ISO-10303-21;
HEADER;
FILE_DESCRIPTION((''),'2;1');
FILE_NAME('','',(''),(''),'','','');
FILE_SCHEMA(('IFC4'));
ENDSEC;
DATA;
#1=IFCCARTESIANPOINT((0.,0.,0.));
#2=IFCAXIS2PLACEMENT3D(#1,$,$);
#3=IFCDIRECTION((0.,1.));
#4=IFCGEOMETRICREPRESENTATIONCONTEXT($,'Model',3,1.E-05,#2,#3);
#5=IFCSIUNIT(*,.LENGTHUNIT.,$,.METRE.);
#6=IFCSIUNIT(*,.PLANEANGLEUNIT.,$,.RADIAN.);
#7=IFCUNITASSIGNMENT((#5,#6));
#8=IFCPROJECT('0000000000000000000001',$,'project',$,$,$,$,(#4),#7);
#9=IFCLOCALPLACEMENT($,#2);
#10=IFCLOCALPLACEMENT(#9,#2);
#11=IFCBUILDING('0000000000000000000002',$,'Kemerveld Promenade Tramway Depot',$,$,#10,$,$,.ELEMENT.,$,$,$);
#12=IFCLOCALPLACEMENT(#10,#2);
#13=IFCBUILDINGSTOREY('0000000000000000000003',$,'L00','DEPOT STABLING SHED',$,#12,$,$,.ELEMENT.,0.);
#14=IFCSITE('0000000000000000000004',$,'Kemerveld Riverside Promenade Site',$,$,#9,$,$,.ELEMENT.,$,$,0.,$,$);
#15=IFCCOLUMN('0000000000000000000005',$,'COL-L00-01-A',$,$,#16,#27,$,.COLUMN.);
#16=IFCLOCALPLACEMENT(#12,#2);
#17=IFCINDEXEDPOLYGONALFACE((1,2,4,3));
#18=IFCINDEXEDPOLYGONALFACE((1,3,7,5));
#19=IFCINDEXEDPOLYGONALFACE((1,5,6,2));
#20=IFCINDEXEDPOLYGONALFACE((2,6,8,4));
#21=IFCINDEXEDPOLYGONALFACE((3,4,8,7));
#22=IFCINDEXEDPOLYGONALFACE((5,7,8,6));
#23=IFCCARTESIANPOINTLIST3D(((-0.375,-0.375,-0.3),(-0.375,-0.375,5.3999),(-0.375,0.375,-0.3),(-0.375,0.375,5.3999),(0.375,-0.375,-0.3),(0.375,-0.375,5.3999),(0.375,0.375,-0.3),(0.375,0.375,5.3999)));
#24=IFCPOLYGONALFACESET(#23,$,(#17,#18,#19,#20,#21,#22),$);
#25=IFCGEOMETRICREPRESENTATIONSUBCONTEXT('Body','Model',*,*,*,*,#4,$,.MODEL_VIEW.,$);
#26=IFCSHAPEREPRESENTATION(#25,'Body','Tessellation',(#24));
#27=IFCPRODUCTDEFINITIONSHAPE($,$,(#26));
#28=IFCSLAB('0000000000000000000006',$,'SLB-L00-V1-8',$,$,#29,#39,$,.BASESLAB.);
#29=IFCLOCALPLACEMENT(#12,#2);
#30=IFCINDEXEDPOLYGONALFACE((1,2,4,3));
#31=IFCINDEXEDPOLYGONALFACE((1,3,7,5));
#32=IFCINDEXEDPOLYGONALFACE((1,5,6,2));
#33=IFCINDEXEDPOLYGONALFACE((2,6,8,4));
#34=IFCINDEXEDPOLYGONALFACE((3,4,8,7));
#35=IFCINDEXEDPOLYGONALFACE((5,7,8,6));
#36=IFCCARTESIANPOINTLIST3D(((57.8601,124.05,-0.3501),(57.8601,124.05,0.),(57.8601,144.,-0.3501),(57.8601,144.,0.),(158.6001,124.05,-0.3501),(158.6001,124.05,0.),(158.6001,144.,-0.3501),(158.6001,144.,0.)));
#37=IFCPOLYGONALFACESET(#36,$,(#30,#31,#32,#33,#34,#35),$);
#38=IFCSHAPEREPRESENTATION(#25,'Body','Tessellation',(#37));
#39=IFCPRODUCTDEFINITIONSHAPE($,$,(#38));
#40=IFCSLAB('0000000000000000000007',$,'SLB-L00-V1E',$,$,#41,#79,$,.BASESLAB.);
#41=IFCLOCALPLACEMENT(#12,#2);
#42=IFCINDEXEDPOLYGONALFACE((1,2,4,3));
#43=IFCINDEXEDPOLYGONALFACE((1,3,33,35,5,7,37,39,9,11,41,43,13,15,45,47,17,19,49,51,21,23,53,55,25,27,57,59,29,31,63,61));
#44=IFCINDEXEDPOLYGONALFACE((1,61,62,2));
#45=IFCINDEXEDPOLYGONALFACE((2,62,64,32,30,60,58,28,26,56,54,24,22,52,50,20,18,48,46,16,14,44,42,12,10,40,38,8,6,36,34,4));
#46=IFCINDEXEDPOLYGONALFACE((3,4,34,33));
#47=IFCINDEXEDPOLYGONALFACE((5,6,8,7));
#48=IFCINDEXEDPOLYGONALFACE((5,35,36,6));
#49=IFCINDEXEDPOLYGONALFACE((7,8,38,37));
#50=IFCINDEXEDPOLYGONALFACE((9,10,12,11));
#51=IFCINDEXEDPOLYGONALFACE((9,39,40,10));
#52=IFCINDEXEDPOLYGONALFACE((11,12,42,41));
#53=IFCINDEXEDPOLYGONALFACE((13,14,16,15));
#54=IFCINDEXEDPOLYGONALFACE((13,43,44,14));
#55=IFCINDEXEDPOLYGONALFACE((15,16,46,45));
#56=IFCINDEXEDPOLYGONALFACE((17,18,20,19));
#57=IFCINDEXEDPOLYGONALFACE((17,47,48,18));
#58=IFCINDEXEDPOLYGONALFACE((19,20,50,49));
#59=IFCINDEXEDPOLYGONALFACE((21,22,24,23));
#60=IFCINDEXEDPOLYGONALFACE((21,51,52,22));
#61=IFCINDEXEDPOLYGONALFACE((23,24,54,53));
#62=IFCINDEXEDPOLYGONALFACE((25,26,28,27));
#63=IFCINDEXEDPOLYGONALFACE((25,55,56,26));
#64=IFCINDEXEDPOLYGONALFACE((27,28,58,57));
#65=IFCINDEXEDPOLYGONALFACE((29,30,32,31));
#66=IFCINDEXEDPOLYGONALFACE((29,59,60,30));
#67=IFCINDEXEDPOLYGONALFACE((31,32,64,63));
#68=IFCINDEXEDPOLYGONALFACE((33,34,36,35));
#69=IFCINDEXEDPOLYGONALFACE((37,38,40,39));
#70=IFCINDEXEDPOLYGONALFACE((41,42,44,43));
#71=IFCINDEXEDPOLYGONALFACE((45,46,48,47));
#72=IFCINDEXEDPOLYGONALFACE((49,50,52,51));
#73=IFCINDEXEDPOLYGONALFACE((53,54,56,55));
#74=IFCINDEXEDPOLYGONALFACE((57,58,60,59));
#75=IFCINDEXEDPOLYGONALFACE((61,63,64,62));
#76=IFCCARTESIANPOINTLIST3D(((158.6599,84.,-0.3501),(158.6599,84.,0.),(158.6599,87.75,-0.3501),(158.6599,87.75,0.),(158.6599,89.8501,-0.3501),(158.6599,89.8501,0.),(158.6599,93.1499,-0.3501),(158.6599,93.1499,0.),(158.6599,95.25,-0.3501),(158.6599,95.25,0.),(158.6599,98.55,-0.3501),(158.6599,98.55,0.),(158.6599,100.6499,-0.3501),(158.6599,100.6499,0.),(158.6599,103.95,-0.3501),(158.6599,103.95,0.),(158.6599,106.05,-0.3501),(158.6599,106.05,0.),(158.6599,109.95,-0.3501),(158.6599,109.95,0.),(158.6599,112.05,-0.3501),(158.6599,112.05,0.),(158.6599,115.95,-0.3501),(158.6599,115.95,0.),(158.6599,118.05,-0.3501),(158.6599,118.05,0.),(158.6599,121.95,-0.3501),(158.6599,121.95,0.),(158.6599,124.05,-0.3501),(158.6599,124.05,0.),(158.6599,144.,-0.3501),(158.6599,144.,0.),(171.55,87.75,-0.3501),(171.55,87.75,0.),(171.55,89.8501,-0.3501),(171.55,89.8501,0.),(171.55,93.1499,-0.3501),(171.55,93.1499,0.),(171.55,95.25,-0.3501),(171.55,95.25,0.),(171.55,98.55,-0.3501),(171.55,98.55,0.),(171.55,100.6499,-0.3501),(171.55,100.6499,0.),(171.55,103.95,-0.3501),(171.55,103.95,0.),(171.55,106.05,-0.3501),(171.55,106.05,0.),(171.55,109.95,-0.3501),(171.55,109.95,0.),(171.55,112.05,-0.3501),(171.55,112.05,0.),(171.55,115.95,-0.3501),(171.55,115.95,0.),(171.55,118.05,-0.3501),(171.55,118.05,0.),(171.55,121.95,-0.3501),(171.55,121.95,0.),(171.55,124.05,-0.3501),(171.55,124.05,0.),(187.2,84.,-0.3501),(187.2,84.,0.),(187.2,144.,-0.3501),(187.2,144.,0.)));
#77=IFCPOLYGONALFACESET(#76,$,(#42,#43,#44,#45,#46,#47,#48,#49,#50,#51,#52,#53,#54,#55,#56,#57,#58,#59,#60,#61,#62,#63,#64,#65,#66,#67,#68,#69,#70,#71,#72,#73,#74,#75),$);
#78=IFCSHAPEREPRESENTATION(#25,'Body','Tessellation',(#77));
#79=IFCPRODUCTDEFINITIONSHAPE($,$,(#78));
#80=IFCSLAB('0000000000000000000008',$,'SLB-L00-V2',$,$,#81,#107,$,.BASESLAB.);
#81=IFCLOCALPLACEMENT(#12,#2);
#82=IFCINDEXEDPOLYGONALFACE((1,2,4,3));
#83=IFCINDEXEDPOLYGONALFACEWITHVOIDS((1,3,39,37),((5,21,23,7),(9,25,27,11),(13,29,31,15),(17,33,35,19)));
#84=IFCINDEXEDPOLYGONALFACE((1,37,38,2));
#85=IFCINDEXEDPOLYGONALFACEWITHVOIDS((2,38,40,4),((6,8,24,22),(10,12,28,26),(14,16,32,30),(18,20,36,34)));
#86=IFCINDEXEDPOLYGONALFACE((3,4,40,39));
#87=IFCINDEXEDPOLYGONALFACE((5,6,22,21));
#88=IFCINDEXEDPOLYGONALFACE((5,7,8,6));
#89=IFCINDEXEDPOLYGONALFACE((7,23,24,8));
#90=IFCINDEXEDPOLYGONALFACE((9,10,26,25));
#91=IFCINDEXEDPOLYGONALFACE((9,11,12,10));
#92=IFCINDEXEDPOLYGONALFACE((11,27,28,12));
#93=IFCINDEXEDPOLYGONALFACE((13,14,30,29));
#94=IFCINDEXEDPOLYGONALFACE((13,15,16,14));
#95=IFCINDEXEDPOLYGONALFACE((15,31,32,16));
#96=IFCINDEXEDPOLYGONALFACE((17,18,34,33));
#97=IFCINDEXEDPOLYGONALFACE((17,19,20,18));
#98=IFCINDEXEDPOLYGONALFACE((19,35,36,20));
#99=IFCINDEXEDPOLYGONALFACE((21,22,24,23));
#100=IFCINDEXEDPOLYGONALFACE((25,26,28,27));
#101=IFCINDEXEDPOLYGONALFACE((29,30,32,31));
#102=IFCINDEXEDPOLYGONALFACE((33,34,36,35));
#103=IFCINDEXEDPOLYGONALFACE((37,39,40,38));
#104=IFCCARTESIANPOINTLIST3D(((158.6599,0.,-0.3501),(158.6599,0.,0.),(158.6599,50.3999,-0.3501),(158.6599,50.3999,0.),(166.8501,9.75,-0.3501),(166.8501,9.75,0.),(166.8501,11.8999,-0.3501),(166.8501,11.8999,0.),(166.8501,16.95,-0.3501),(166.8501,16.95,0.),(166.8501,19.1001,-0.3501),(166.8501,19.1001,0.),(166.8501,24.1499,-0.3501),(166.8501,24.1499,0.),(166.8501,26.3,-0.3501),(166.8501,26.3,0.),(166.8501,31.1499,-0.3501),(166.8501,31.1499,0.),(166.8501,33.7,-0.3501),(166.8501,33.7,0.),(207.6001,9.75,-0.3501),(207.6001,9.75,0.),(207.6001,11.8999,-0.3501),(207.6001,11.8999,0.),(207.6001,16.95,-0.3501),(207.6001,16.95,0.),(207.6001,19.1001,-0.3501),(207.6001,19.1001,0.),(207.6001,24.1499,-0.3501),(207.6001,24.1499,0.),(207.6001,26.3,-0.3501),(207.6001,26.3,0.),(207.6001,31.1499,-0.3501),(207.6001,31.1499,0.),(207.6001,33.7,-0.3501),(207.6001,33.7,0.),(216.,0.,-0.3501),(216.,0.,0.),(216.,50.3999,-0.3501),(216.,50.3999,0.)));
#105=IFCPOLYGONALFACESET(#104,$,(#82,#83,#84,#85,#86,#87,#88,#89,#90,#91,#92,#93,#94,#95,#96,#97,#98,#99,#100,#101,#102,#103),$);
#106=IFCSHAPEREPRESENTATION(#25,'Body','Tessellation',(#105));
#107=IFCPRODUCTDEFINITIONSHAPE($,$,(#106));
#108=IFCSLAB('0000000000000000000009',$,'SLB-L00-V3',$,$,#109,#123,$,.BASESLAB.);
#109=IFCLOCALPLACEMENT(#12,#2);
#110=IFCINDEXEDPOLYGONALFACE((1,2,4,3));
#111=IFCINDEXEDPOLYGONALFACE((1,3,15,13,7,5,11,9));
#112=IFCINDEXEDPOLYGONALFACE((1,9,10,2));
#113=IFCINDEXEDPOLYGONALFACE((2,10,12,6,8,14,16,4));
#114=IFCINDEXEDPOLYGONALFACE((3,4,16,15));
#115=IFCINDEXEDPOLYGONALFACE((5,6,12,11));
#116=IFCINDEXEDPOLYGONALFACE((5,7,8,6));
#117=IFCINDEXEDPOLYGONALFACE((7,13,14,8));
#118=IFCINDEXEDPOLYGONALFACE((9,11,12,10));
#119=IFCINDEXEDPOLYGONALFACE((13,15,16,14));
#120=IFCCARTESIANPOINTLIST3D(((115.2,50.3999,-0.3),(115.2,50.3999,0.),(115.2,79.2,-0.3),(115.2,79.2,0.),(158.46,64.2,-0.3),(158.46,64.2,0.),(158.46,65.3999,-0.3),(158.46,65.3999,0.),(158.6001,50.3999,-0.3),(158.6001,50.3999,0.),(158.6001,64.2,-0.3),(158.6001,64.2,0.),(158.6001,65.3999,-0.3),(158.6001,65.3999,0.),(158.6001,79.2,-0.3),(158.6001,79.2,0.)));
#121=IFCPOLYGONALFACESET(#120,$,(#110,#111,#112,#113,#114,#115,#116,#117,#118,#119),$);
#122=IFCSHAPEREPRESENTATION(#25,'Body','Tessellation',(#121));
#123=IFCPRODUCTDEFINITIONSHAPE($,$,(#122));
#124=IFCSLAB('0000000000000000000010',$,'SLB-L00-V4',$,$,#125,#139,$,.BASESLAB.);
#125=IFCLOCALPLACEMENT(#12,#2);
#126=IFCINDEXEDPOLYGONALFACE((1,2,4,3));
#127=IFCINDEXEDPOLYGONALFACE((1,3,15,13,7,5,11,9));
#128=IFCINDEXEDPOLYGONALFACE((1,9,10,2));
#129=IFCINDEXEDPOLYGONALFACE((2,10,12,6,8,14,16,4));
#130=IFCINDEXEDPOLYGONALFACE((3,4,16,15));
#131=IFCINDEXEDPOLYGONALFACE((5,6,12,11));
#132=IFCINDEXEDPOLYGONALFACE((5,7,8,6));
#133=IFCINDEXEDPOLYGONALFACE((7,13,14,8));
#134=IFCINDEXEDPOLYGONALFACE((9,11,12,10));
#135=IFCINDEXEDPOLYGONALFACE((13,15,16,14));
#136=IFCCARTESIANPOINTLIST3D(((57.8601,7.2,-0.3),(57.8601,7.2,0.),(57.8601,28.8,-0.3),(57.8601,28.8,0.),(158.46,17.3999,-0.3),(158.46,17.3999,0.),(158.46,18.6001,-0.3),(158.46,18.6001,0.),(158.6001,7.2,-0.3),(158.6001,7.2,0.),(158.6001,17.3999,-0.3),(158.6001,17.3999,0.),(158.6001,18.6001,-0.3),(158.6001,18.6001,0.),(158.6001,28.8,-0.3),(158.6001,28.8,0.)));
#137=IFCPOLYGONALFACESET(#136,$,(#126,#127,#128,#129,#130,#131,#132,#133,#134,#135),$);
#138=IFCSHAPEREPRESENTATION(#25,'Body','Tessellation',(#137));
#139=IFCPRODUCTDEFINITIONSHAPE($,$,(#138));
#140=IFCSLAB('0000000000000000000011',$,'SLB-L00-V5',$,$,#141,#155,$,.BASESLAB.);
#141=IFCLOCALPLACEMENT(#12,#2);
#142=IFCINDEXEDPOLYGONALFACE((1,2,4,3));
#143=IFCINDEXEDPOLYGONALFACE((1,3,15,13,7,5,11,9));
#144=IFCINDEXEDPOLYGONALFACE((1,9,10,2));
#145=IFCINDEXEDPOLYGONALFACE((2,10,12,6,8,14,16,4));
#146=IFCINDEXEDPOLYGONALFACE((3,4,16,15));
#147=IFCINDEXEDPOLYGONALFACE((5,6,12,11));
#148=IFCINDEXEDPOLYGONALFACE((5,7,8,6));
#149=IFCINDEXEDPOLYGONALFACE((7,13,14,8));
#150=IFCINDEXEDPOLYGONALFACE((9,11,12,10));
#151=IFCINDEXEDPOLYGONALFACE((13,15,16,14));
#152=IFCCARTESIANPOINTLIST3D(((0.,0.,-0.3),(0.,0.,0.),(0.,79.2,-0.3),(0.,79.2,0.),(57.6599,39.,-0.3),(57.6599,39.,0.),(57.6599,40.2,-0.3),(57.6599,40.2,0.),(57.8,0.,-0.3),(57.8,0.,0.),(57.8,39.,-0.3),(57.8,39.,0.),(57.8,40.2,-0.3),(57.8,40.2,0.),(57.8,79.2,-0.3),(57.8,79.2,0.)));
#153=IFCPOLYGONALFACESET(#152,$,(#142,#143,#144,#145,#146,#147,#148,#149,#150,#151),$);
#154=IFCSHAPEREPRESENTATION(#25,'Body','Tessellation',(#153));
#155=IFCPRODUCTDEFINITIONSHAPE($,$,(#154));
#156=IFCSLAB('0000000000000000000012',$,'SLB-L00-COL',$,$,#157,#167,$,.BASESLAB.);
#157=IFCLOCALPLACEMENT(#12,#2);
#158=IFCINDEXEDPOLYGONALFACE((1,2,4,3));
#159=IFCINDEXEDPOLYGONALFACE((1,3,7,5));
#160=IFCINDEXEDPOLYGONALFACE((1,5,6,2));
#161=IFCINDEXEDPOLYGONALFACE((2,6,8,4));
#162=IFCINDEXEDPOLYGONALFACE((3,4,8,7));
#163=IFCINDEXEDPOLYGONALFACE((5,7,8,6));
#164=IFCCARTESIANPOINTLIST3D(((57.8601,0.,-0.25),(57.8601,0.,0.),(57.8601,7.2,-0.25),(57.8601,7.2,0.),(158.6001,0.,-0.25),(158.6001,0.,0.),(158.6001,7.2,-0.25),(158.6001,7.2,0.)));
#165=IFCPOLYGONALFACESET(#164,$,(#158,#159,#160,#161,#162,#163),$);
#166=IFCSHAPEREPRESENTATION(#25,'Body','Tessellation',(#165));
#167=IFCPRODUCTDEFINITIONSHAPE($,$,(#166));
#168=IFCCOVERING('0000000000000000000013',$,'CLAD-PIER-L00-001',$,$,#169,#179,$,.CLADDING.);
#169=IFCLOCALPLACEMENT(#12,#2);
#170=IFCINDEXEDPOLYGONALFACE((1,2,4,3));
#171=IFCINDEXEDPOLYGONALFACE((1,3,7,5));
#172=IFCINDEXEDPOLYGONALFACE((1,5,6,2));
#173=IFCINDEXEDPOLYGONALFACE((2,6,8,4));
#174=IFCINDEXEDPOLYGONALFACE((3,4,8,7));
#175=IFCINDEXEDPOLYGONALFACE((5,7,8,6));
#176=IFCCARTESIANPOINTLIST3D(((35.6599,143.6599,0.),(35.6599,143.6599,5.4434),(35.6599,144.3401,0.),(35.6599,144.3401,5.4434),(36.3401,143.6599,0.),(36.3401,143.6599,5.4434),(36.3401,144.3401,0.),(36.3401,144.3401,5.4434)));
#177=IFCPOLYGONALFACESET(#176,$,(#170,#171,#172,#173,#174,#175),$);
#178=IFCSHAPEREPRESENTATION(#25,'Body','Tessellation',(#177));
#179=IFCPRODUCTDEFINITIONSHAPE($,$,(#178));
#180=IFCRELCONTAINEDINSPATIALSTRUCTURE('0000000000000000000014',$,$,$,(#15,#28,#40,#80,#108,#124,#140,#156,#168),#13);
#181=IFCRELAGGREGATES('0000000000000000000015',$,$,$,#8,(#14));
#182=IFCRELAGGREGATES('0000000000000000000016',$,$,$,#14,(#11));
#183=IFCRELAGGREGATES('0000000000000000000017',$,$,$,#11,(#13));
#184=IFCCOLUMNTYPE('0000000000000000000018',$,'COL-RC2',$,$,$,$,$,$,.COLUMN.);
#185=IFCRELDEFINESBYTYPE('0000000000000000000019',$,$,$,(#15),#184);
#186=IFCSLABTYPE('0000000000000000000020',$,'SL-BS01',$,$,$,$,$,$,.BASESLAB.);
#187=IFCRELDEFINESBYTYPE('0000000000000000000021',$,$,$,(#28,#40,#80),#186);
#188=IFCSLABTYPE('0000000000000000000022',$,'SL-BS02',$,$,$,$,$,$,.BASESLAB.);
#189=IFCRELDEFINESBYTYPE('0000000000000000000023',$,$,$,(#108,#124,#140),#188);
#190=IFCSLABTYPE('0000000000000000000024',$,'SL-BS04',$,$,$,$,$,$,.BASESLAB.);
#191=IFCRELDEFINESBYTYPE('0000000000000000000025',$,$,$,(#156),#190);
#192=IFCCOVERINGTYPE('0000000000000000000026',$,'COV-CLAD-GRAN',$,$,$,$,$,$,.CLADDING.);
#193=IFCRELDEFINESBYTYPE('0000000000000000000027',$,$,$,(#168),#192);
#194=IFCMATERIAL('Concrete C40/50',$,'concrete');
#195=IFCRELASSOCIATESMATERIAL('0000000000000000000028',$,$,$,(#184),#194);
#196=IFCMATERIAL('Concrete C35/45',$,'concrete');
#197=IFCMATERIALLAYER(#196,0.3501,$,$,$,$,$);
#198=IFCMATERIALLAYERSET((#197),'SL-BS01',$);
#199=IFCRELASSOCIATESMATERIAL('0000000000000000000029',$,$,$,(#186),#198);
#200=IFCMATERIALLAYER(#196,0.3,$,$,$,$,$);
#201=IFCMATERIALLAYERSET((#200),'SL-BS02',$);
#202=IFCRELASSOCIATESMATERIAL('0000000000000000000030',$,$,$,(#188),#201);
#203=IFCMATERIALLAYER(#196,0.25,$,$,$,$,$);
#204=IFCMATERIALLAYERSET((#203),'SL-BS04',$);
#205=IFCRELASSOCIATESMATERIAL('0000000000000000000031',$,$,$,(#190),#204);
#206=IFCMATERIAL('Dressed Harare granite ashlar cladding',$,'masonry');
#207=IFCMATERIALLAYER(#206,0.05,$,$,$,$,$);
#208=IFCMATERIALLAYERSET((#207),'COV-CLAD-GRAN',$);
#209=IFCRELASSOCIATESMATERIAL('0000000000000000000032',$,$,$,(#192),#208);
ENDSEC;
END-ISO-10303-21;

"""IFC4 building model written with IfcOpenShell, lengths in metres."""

from ifc_helpers import new_model, si_unit, direction, frame, origin, origin_2d, place, context, subcontext, project, spatial, polyline, rectangle, outline, extrude, material, layer, layer_set, material_profile, profile_set, type_object, element, save


model = new_model("IFC4")

# Units and contexts
model_context = context("Model", 3, precision=1e-05, world=origin(), true_north=direction((0.0, 1.0)))
body_context = subcontext(model_context, "Body", "Model", "MODEL_VIEW")
ifc_project = project(units=[si_unit("LENGTHUNIT", "METRE"), si_unit("PLANEANGLEUNIT", "RADIAN")], contexts=[model_context])

# Site, building, storey
site_placement = place(None, origin())
site = spatial("IfcSite", under=ifc_project, at=site_placement, Name="Kemerveld Riverside Promenade Site", CompositionType="ELEMENT", RefElevation=0.0)
building_placement = place(site_placement, origin())
building = spatial("IfcBuilding", under=site, at=building_placement, Name="Kemerveld Promenade Tramway Depot", CompositionType="ELEMENT")
storey_placement = place(building_placement, origin())
storey = spatial("IfcBuildingStorey", under=building, at=storey_placement, Name="L00", Description="DEPOT STABLING SHED", CompositionType="ELEMENT", Elevation=0.0)

# Column
ifc_material_1 = material(Name="Concrete C40/50", Category="concrete")
ifc_material_profile = material_profile(ifc_material_1, rectangle(XDim=0.75, YDim=0.75, at=origin_2d()), Name="RC-COL-750x750")
ifc_profile_set = profile_set([ifc_material_profile], Name="Concrete C40/50")
column_type = type_object("IfcColumnType", Name="COL-RC2", PredefinedType="COLUMN", material=ifc_profile_set)
column_placement = place(storey_placement, frame((0.0, 0.0, -0.3), z_axis=(0.0, 0.0, 1.0), x_axis=(1.0, 0.0, 0.0)))
element("IfcColumn", 1, at=column_placement, inside=storey, type_object=column_type, Name="COL-L00-01-A", PredefinedType="COLUMN", context=body_context, shape_type="SweptSolid", body=[
    extrude(rectangle(XDim=0.75, YDim=0.75, at=origin_2d()), origin(), (0.0, 0.0, 1.0), 5.7),
])

# Slabs
ifc_material_2 = material(Name="Concrete C35/45", Category="concrete")
ifc_layer_1 = layer(ifc_material_2, 0.3501)
ifc_layer_set_1 = layer_set([ifc_layer_1], Name="SL-BS01")
slab_type_1 = type_object("IfcSlabType", Name="SL-BS01", PredefinedType="BASESLAB", material=ifc_layer_set_1)
slab_1_placement = place(storey_placement, frame((0.0, 0.0, -0.3501)))
element("IfcSlab", 2, at=slab_1_placement, inside=storey, type_object=slab_type_1, Name="SLB-L00-V1-8", PredefinedType="BASESLAB", context=body_context, shape_type="SweptSolid", body=[
    extrude(outline(polyline([(158.6001, 144.0), (158.6001, 124.05), (57.8601, 124.05), (57.8601, 144.0), (158.6001, 144.0)])), origin(), (0.0, 0.0, 1.0), 0.3501),
])
slab_2_placement = place(storey_placement, frame((0.0, 0.0, -0.3501)))
element("IfcSlab", 3, at=slab_2_placement, inside=storey, type_object=slab_type_1, Name="SLB-L00-V1E", PredefinedType="BASESLAB", context=body_context, shape_type="SweptSolid", body=[
    extrude(outline(polyline([(187.2, 144.0), (187.2, 84.0), (158.6599, 84.0), (158.6599, 87.75), (171.55, 87.75), (171.55, 89.8501), (158.6599, 89.8501), (158.6599, 93.1499), (171.55, 93.1499), (171.55, 95.25), (158.6599, 95.25), (158.6599, 98.55), (171.55, 98.55), (171.55, 100.6499), (158.6599, 100.6499), (158.6599, 103.95), (171.55, 103.95), (171.55, 106.05), (158.6599, 106.05), (158.6599, 109.95), (171.55, 109.95), (171.55, 112.05), (158.6599, 112.05), (158.6599, 115.95), (171.55, 115.95), (171.55, 118.05), (158.6599, 118.05), (158.6599, 121.95), (171.55, 121.95), (171.55, 124.05), (158.6599, 124.05), (158.6599, 144.0), (187.2, 144.0)])), origin(), (0.0, 0.0, 1.0), 0.3501),
])
slab_3_placement = place(storey_placement, frame((0.0, 0.0, -0.3501)))
element("IfcSlab", 4, at=slab_3_placement, inside=storey, type_object=slab_type_1, Name="SLB-L00-V2", PredefinedType="BASESLAB", context=body_context, shape_type="SweptSolid", body=[
    extrude(outline(polyline([(158.6599, 0.0), (216.0, 0.0), (216.0, 50.3999), (158.6599, 50.3999), (158.6599, 0.0)]), holes=[polyline([(166.8501, 9.75), (207.6001, 9.75), (207.6001, 11.8999), (166.8501, 11.8999), (166.8501, 9.75)]), polyline([(166.8501, 16.95), (207.6001, 16.95), (207.6001, 19.1001), (166.8501, 19.1001), (166.8501, 16.95)]), polyline([(166.8501, 24.1499), (207.6001, 24.1499), (207.6001, 26.3), (166.8501, 26.3), (166.8501, 24.1499)]), polyline([(166.8501, 31.1499), (207.6001, 31.1499), (207.6001, 33.7), (166.8501, 33.7), (166.8501, 31.1499)])]), origin(), (0.0, 0.0, 1.0), 0.3501),
])
ifc_layer_2 = layer(ifc_material_2, 0.3)
ifc_layer_set_2 = layer_set([ifc_layer_2], Name="SL-BS02")
slab_type_2 = type_object("IfcSlabType", Name="SL-BS02", PredefinedType="BASESLAB", material=ifc_layer_set_2)
slab_4_placement = place(storey_placement, frame((0.0, 0.0, -0.3)))
element("IfcSlab", 5, at=slab_4_placement, inside=storey, type_object=slab_type_2, Name="SLB-L00-V3", PredefinedType="BASESLAB", context=body_context, shape_type="SweptSolid", body=[
    extrude(outline(polyline([(115.2, 50.3999), (158.6001, 50.3999), (158.6001, 64.2), (158.46, 64.2), (158.46, 65.3999), (158.6001, 65.3999), (158.6001, 79.2), (115.2, 79.2), (115.2, 50.3999)])), origin(), (0.0, 0.0, 1.0), 0.3),
])
slab_5_placement = place(storey_placement, frame((0.0, 0.0, -0.3)))
element("IfcSlab", 6, at=slab_5_placement, inside=storey, type_object=slab_type_2, Name="SLB-L00-V4", PredefinedType="BASESLAB", context=body_context, shape_type="SweptSolid", body=[
    extrude(outline(polyline([(57.8601, 7.2), (158.6001, 7.2), (158.6001, 17.3999), (158.46, 17.3999), (158.46, 18.6001), (158.6001, 18.6001), (158.6001, 28.8), (57.8601, 28.8), (57.8601, 7.2)])), origin(), (0.0, 0.0, 1.0), 0.3),
])
slab_6_placement = place(storey_placement, frame((0.0, 0.0, -0.3)))
element("IfcSlab", 7, at=slab_6_placement, inside=storey, type_object=slab_type_2, Name="SLB-L00-V5", PredefinedType="BASESLAB", context=body_context, shape_type="SweptSolid", body=[
    extrude(outline(polyline([(0.0, 0.0), (57.8, 0.0), (57.8, 39.0), (57.6599, 39.0), (57.6599, 40.2), (57.8, 40.2), (57.8, 79.2), (0.0, 79.2), (0.0, 0.0)])), origin(), (0.0, 0.0, 1.0), 0.3),
])
ifc_layer_3 = layer(ifc_material_2, 0.25)
ifc_layer_set_3 = layer_set([ifc_layer_3], Name="SL-BS04")
slab_type_3 = type_object("IfcSlabType", Name="SL-BS04", PredefinedType="BASESLAB", material=ifc_layer_set_3)
slab_7_placement = place(storey_placement, frame((0.0, 0.0, -0.25)))
element("IfcSlab", 8, at=slab_7_placement, inside=storey, type_object=slab_type_3, Name="SLB-L00-COL", PredefinedType="BASESLAB", context=body_context, shape_type="SweptSolid", body=[
    extrude(outline(polyline([(57.8601, 0.0), (158.6001, 0.0), (158.6001, 7.2), (57.8601, 7.2), (57.8601, 0.0)])), origin(), (0.0, 0.0, 1.0), 0.25),
])

# Covering
ifc_material_3 = material(Name="Dressed Harare granite ashlar cladding", Category="masonry")
ifc_layer_4 = layer(ifc_material_3, 0.05)
ifc_layer_set_4 = layer_set([ifc_layer_4], Name="COV-CLAD-GRAN")
covering_type = type_object("IfcCoveringType", Name="COV-CLAD-GRAN", PredefinedType="CLADDING", material=ifc_layer_set_4)
covering_1_placement = place(storey_placement, origin())
element("IfcCovering", 9, at=covering_1_placement, inside=storey, type_object=covering_type, Name="CLAD-PIER-L00-001", PredefinedType="CLADDING", context=body_context, shape_type="SweptSolid", body=[
    extrude(outline(polyline([(35.6599, 143.6599), (36.3401, 143.6599), (36.3401, 144.3401), (35.6599, 144.3401), (35.6599, 143.6599)])), origin(), (0.0, 0.0, 1.0), 5.4434),
])

save(model, "model.ifc")
